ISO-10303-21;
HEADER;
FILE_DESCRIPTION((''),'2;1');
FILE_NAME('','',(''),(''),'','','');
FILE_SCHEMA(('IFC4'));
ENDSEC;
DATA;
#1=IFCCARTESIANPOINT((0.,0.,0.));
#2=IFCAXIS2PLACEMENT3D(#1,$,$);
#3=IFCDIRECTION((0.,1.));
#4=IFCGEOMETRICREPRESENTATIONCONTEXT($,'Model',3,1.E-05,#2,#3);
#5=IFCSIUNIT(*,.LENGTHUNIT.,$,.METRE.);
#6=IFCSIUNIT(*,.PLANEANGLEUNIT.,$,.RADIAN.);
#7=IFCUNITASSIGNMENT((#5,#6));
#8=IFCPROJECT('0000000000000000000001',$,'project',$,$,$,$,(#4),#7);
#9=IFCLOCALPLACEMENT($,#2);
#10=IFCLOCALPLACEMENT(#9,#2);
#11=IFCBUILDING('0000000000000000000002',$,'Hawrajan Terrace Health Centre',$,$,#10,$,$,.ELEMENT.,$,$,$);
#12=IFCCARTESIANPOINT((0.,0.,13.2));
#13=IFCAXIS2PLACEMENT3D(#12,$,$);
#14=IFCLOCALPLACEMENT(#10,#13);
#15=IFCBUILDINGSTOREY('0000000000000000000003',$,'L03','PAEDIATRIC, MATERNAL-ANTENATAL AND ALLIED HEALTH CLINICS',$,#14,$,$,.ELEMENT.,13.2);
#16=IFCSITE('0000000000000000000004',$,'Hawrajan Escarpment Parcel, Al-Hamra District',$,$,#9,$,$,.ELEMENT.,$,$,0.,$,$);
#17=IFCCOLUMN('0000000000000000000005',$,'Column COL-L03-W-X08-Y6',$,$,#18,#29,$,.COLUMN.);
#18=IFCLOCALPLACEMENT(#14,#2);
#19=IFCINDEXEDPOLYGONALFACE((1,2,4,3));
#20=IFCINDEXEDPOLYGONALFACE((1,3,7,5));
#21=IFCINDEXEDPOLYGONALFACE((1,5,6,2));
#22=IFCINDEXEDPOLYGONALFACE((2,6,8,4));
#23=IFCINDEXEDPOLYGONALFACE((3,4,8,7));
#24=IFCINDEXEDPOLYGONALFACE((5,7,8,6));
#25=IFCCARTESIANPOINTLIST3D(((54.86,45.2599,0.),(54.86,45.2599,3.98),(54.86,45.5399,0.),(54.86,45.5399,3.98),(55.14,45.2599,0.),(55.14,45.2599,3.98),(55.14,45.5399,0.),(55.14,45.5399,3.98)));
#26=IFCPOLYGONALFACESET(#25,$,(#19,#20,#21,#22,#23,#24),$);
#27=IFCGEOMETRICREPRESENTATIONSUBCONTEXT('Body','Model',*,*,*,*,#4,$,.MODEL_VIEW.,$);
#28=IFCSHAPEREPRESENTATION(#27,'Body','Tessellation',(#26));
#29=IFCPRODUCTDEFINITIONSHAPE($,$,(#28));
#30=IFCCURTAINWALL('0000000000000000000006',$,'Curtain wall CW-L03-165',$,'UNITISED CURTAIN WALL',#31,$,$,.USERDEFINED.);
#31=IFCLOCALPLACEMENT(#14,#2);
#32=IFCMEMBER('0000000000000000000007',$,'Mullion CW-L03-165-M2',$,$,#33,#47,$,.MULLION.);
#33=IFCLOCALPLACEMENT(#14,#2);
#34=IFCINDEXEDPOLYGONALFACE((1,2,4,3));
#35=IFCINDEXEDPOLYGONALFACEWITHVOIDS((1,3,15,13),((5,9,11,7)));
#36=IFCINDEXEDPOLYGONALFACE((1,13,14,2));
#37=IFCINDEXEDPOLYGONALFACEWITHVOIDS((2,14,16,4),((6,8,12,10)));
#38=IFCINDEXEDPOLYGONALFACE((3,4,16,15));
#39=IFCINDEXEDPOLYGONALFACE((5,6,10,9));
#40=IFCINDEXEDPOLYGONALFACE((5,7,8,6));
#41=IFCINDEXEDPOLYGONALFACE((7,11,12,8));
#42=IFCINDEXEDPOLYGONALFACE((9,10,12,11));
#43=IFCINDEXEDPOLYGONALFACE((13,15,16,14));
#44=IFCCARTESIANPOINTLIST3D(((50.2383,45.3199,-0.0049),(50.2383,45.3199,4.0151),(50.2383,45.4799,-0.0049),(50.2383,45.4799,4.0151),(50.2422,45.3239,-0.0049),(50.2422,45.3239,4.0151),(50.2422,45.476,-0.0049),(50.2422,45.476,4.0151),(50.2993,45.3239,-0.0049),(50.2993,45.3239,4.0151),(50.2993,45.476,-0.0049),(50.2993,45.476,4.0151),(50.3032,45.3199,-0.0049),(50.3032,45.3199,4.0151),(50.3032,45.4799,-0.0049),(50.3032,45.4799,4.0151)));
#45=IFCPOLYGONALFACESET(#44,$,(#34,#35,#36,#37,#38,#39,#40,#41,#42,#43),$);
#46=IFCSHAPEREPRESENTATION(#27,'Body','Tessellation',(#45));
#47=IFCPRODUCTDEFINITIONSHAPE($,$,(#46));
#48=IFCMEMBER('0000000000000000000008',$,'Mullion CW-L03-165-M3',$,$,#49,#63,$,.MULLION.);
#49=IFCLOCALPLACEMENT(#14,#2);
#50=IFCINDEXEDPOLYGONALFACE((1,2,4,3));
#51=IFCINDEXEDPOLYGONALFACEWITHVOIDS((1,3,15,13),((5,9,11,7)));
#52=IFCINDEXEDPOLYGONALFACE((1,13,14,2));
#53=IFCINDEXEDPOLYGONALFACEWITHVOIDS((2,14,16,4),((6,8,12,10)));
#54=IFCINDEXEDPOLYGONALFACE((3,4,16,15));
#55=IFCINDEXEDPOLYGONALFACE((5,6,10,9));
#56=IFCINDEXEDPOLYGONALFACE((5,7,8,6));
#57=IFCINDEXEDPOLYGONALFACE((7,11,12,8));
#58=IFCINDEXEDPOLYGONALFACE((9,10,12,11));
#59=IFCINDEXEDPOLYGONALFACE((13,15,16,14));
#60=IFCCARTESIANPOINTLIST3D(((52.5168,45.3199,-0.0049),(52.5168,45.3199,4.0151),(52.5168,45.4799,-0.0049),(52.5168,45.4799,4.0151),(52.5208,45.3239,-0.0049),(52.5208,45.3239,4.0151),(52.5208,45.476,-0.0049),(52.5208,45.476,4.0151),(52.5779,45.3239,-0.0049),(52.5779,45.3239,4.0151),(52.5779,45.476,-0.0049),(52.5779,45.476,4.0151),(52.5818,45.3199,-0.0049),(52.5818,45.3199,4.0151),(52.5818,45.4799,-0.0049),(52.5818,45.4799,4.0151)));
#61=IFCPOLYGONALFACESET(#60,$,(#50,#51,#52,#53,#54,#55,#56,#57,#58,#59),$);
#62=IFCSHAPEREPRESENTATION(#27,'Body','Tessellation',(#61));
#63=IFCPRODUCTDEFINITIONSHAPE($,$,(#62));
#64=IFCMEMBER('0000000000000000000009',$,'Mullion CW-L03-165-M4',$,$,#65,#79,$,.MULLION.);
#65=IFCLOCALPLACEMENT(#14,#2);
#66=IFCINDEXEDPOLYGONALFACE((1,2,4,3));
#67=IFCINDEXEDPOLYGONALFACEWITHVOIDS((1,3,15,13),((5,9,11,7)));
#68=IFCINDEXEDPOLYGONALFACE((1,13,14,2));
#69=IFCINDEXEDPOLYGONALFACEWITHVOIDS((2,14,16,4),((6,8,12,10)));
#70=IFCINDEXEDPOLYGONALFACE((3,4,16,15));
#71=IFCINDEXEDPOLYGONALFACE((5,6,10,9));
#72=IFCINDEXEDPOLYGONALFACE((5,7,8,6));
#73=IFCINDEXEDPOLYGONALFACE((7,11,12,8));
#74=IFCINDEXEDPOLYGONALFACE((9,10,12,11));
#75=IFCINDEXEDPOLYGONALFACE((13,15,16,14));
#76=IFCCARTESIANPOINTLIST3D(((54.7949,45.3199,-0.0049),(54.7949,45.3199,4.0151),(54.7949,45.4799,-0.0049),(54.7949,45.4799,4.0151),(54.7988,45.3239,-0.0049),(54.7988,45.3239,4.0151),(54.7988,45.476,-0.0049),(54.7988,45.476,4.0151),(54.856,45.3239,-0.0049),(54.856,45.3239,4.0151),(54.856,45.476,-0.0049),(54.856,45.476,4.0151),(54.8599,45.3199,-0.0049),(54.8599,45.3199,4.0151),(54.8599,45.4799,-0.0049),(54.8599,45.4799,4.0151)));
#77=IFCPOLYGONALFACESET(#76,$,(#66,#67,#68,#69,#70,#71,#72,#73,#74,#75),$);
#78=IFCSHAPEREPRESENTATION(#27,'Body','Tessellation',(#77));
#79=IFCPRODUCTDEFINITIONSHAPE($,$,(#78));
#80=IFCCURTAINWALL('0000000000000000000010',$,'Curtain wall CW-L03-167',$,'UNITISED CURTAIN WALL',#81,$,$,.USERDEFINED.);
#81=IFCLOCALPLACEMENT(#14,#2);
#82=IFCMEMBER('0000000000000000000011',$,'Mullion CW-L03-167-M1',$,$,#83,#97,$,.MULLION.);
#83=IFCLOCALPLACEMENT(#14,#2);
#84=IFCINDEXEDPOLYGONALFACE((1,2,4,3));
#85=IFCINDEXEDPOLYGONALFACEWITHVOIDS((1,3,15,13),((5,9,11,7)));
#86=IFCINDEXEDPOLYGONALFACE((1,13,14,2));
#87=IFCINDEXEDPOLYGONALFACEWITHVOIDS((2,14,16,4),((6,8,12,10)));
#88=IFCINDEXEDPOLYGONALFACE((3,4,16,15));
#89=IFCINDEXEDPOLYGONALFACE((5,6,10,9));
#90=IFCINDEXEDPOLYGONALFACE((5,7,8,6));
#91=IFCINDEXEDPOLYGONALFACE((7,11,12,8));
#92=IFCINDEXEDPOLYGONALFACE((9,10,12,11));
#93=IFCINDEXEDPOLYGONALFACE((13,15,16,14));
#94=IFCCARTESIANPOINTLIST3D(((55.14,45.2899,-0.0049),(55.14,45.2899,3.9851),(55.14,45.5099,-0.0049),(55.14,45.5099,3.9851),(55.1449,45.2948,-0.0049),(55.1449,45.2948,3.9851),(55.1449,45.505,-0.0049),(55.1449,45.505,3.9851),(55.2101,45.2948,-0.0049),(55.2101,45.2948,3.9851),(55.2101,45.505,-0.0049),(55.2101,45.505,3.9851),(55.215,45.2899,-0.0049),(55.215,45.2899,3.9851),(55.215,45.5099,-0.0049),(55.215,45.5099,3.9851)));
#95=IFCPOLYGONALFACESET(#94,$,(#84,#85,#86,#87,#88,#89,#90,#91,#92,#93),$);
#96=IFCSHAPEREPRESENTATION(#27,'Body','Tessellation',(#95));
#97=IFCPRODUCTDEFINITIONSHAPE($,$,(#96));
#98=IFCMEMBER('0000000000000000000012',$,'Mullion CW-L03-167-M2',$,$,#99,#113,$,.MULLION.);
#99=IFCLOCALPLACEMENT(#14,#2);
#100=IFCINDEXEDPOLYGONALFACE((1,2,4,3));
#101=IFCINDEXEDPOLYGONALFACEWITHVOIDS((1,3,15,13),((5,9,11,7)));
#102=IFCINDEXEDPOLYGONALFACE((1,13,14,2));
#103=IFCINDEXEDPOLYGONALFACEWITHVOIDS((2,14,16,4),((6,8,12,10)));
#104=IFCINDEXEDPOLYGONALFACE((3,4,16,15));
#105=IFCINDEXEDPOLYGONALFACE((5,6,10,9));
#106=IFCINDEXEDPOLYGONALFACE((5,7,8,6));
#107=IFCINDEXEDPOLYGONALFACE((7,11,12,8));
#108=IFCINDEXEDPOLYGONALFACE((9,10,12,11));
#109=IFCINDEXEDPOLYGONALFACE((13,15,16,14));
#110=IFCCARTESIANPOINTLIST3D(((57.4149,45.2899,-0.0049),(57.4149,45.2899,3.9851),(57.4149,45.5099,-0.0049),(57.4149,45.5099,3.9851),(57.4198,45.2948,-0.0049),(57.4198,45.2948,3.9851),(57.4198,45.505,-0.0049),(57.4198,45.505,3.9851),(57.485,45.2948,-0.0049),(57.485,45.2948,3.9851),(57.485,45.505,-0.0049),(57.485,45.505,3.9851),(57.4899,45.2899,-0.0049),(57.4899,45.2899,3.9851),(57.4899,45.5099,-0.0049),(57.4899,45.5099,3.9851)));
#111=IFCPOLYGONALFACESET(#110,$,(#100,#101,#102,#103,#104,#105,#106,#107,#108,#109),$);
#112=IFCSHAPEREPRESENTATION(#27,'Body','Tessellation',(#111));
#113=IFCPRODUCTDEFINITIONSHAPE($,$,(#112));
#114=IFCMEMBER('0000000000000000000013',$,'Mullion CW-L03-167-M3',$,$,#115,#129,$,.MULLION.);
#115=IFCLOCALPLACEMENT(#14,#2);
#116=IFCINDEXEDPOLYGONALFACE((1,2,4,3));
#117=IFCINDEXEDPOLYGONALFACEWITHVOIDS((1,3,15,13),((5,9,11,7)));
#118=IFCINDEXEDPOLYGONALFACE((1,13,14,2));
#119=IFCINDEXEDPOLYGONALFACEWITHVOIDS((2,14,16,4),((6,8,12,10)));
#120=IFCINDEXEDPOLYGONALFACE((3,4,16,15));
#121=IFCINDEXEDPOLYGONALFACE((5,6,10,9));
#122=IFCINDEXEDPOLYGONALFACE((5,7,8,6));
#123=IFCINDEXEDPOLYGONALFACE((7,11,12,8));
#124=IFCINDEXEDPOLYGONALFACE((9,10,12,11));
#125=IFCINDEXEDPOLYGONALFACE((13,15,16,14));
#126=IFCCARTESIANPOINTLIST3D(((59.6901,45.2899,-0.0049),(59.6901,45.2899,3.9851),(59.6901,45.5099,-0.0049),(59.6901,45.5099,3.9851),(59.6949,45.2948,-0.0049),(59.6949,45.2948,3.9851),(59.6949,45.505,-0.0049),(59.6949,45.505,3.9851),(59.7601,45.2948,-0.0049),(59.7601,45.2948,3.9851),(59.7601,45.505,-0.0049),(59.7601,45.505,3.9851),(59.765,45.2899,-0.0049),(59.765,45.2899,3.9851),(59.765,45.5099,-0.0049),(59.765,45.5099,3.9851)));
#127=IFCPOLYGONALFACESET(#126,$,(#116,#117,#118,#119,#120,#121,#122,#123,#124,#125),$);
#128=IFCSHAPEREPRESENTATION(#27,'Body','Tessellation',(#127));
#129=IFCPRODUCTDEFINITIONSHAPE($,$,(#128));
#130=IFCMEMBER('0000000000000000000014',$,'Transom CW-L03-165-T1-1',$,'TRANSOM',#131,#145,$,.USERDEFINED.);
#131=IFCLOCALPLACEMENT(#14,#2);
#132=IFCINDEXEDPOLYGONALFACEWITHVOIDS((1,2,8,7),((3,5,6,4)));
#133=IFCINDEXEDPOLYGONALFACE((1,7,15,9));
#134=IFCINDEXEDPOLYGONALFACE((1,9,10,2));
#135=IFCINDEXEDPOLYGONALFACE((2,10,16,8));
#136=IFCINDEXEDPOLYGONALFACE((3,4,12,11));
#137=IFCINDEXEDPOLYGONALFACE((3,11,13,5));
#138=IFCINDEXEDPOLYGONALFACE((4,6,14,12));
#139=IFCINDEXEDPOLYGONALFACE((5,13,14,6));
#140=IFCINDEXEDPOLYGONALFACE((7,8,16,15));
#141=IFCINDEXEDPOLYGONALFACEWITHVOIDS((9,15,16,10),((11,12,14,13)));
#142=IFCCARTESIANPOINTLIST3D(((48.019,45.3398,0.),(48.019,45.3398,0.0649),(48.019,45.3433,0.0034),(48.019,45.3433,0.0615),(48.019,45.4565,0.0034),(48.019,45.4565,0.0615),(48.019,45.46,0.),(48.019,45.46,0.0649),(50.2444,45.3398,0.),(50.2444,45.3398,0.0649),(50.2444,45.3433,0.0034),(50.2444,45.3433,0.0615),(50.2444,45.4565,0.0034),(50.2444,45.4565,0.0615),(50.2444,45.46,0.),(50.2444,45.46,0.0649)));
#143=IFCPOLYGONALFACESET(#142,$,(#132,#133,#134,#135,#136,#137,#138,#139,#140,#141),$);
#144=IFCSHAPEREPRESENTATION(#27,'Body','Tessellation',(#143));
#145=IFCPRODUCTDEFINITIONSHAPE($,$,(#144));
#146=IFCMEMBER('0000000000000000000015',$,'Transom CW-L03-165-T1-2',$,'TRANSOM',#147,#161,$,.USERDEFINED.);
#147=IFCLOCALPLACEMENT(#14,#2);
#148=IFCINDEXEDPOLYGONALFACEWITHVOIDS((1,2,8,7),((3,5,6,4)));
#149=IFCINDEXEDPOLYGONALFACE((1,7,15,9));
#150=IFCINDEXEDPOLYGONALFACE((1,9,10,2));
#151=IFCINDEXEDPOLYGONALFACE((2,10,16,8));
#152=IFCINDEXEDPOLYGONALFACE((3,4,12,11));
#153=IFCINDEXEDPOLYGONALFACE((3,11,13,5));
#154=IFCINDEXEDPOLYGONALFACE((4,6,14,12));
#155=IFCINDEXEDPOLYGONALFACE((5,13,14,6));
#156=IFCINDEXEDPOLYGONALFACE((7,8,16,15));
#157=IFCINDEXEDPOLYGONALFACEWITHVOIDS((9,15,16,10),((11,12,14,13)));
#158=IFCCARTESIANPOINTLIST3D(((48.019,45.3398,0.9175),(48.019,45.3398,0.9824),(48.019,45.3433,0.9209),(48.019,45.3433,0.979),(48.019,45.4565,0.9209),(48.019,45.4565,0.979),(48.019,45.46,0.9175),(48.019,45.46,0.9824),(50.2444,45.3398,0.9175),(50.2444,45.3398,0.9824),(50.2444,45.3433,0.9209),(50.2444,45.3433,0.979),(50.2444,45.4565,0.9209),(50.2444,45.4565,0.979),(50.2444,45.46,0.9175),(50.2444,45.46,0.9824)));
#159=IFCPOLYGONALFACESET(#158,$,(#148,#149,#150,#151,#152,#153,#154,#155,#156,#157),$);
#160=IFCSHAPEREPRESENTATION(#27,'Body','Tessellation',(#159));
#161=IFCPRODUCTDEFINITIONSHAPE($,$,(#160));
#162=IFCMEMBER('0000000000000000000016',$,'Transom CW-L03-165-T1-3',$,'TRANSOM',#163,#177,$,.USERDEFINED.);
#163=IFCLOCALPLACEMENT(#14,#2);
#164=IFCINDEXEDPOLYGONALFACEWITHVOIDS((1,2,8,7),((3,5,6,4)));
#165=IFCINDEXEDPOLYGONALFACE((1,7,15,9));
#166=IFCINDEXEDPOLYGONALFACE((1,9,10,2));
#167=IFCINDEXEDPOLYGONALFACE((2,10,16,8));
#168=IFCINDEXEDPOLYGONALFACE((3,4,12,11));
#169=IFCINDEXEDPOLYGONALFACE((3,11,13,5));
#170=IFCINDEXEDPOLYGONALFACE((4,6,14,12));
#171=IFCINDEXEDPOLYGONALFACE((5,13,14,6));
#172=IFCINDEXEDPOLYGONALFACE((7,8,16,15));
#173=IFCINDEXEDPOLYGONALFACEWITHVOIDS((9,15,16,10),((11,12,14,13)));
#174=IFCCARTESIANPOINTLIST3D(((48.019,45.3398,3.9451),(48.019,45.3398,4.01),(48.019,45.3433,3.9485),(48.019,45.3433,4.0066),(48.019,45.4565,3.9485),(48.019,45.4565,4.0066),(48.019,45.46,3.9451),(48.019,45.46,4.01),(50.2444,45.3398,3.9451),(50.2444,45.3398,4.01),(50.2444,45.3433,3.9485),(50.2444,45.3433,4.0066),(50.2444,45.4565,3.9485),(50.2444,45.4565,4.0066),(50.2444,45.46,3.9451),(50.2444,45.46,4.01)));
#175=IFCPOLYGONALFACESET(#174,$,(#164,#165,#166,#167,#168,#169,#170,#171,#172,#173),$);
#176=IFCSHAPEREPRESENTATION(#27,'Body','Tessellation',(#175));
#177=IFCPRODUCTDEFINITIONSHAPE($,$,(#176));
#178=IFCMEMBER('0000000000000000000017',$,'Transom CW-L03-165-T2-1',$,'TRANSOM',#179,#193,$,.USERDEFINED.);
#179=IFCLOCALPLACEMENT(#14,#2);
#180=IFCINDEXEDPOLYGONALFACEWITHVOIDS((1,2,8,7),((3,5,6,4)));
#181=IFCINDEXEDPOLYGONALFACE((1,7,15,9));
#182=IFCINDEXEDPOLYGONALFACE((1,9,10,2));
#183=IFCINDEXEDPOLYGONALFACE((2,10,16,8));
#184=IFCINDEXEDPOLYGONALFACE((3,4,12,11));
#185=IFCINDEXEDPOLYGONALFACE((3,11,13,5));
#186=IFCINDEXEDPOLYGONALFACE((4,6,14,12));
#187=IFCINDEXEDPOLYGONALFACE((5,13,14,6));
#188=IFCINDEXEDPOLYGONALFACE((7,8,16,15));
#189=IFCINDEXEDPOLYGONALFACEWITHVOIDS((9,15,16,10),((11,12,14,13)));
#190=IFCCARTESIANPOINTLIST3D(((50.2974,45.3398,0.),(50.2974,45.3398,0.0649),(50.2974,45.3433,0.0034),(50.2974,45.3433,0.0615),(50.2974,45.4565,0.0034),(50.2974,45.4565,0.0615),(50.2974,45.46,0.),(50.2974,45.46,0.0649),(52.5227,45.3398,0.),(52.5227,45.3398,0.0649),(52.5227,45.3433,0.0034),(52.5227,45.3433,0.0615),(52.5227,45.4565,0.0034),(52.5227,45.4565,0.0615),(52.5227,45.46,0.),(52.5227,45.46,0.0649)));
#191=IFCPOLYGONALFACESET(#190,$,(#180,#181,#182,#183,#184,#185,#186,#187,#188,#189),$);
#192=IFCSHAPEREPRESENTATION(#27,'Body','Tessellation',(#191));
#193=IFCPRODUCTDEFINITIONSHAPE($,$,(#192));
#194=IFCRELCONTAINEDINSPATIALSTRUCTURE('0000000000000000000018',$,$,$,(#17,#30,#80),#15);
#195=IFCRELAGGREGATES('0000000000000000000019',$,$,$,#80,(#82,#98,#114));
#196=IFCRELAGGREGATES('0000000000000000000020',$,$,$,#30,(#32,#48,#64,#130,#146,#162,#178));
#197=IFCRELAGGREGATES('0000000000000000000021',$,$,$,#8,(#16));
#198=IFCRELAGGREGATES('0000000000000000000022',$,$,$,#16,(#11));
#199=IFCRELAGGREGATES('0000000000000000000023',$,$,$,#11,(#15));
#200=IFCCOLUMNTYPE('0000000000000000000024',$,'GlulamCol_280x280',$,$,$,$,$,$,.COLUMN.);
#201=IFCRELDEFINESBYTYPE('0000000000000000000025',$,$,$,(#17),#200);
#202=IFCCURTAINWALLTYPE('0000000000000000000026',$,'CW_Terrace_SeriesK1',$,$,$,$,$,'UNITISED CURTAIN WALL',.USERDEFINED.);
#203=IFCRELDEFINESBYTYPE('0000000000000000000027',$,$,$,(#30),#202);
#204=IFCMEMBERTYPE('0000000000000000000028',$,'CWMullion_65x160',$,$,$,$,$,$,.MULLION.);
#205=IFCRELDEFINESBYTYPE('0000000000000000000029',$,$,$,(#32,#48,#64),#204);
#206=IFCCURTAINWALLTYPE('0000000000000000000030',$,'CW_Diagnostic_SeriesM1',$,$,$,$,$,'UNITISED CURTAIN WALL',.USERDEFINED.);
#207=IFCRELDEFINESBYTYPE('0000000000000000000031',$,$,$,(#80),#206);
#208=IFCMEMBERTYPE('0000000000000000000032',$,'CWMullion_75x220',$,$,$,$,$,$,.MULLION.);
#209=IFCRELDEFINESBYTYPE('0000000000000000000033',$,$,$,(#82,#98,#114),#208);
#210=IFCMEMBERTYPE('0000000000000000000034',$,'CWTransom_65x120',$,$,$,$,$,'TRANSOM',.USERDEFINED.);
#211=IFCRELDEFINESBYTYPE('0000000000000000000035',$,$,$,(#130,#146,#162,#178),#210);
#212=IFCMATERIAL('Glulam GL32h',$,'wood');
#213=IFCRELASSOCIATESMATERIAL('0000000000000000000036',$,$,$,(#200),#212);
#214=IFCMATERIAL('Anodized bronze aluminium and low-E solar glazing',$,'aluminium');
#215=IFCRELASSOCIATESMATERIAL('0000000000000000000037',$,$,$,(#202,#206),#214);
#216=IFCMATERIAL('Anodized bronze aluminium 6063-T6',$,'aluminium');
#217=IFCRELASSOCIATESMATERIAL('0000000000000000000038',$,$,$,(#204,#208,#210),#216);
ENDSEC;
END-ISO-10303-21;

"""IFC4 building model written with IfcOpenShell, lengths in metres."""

from ifc_helpers import new_model, si_unit, direction, frame, origin, origin_2d, place, context, subcontext, project, spatial, rectangle, hollow_rectangle, extrude, material, material_profile, profile_set, type_object, element, aggregate, save


model = new_model("IFC4")

# Units and contexts
model_context = context("Model", 3, precision=1e-05, world=origin(), true_north=direction((0.0, 1.0)))
body_context = subcontext(model_context, "Body", "Model", "MODEL_VIEW")
ifc_project = project(units=[si_unit("LENGTHUNIT", "METRE"), si_unit("PLANEANGLEUNIT", "RADIAN")], contexts=[model_context])

# Site, building, storey
site_placement = place(None, origin())
site = spatial("IfcSite", under=ifc_project, at=site_placement, Name="Hawrajan Escarpment Parcel, Al-Hamra District", CompositionType="ELEMENT", RefElevation=0.0)
building_placement = place(site_placement, origin())
building = spatial("IfcBuilding", under=site, at=building_placement, Name="Hawrajan Terrace Health Centre", CompositionType="ELEMENT")
storey_placement = place(building_placement, frame((0.0, 0.0, 13.2)))
storey = spatial("IfcBuildingStorey", under=building, at=storey_placement, Name="L03", Description="PAEDIATRIC, MATERNAL-ANTENATAL AND ALLIED HEALTH CLINICS", CompositionType="ELEMENT", Elevation=13.2)

# Column
ifc_material_1 = material(Name="Glulam GL32h", Category="wood")
ifc_material_profile_1 = material_profile(ifc_material_1, rectangle(XDim=0.28, YDim=0.28, at=origin_2d()), Name="GL 280x280")
ifc_profile_set_1 = profile_set([ifc_material_profile_1], Name="Glulam GL32h")
column_type = type_object("IfcColumnType", Name="GlulamCol_280x280", PredefinedType="COLUMN", material=ifc_profile_set_1)
column_placement = place(storey_placement, frame((55.0, 45.3999, 0.0), z_axis=(0.0, 0.0, 1.0), x_axis=(1.0, 0.0, 0.0)))
element("IfcColumn", 1, at=column_placement, inside=storey, type_object=column_type, Name="Column COL-L03-W-X08-Y6", PredefinedType="COLUMN", context=body_context, shape_type="SweptSolid", body=[
    extrude(rectangle(XDim=0.28, YDim=0.28, at=origin_2d()), origin(), (0.0, 0.0, 1.0), 3.98),
])

# Curtain walls, members
ifc_material_2 = material(Name="Anodized bronze aluminium and low-E solar glazing", Category="aluminium")
curtain_wall_type_1 = type_object("IfcCurtainWallType", Name="CW_Terrace_SeriesK1", ElementType="UNITISED CURTAIN WALL", PredefinedType="USERDEFINED", material=ifc_material_2)
curtain_wall_1_placement = place(storey_placement, origin())
curtain_wall_1 = element("IfcCurtainWall", 2, at=curtain_wall_1_placement, inside=storey, type_object=curtain_wall_type_1, Name="Curtain wall CW-L03-165", ObjectType="UNITISED CURTAIN WALL", PredefinedType="USERDEFINED")
ifc_material_3 = material(Name="Anodized bronze aluminium 6063-T6", Category="aluminium")
ifc_material_profile_2 = material_profile(ifc_material_3, hollow_rectangle(XDim=0.0649, YDim=0.1599, WallThickness=0.0039, at=origin_2d()), Name="CW MUL 65x160")
ifc_profile_set_2 = profile_set([ifc_material_profile_2], Name="Anodized bronze aluminium 6063-T6")
member_type_1 = type_object("IfcMemberType", Name="CWMullion_65x160", PredefinedType="MULLION", material=ifc_profile_set_2)
member_1_placement = place(storey_placement, frame((50.2708, 45.3999, -0.0049), z_axis=(0.0, 0.0, 1.0), x_axis=(1.0, 0.0, 0.0)))
member_1 = element("IfcMember", 3, at=member_1_placement, type_object=member_type_1, Name="Mullion CW-L03-165-M2", PredefinedType="MULLION", context=body_context, shape_type="SweptSolid", body=[
    extrude(hollow_rectangle(XDim=0.0649, YDim=0.1599, WallThickness=0.0039, at=origin_2d()), origin(), (0.0, 0.0, 1.0), 4.02),
])
member_2_placement = place(storey_placement, frame((52.5493, 45.3999, -0.0049), z_axis=(0.0, 0.0, 1.0), x_axis=(1.0, 0.0, 0.0)))
member_2 = element("IfcMember", 4, at=member_2_placement, type_object=member_type_1, Name="Mullion CW-L03-165-M3", PredefinedType="MULLION", context=body_context, shape_type="SweptSolid", body=[
    extrude(hollow_rectangle(XDim=0.0649, YDim=0.1599, WallThickness=0.0039, at=origin_2d()), origin(), (0.0, 0.0, 1.0), 4.02),
])
member_3_placement = place(storey_placement, frame((54.8274, 45.3999, -0.0049), z_axis=(0.0, 0.0, 1.0), x_axis=(1.0, 0.0, 0.0)))
member_3 = element("IfcMember", 5, at=member_3_placement, type_object=member_type_1, Name="Mullion CW-L03-165-M4", PredefinedType="MULLION", context=body_context, shape_type="SweptSolid", body=[
    extrude(hollow_rectangle(XDim=0.0649, YDim=0.1599, WallThickness=0.0039, at=origin_2d()), origin(), (0.0, 0.0, 1.0), 4.02),
])
curtain_wall_type_2 = type_object("IfcCurtainWallType", Name="CW_Diagnostic_SeriesM1", ElementType="UNITISED CURTAIN WALL", PredefinedType="USERDEFINED", material=ifc_material_2)
curtain_wall_2_placement = place(storey_placement, origin())
curtain_wall_2 = element("IfcCurtainWall", 6, at=curtain_wall_2_placement, inside=storey, type_object=curtain_wall_type_2, Name="Curtain wall CW-L03-167", ObjectType="UNITISED CURTAIN WALL", PredefinedType="USERDEFINED")
ifc_material_profile_3 = material_profile(ifc_material_3, hollow_rectangle(XDim=0.075, YDim=0.22, WallThickness=0.0049, at=origin_2d()), Name="CW MUL 75x220")
ifc_profile_set_3 = profile_set([ifc_material_profile_3], Name="Anodized bronze aluminium 6063-T6")
member_type_2 = type_object("IfcMemberType", Name="CWMullion_75x220", PredefinedType="MULLION", material=ifc_profile_set_3)
member_4_placement = place(storey_placement, frame((55.1775, 45.3999, -0.0049), z_axis=(0.0, 0.0, 1.0), x_axis=(1.0, 0.0, 0.0)))
member_4 = element("IfcMember", 7, at=member_4_placement, type_object=member_type_2, Name="Mullion CW-L03-167-M1", PredefinedType="MULLION", context=body_context, shape_type="SweptSolid", body=[
    extrude(hollow_rectangle(XDim=0.075, YDim=0.22, WallThickness=0.0049, at=origin_2d()), origin(), (0.0, 0.0, 1.0), 3.99),
])
member_5_placement = place(storey_placement, frame((57.4524, 45.3999, -0.0049), z_axis=(0.0, 0.0, 1.0), x_axis=(1.0, 0.0, 0.0)))
member_5 = element("IfcMember", 8, at=member_5_placement, type_object=member_type_2, Name="Mullion CW-L03-167-M2", PredefinedType="MULLION", context=body_context, shape_type="SweptSolid", body=[
    extrude(hollow_rectangle(XDim=0.075, YDim=0.22, WallThickness=0.0049, at=origin_2d()), origin(), (0.0, 0.0, 1.0), 3.99),
])
member_6_placement = place(storey_placement, frame((59.7275, 45.3999, -0.0049), z_axis=(0.0, 0.0, 1.0), x_axis=(1.0, 0.0, 0.0)))
member_6 = element("IfcMember", 9, at=member_6_placement, type_object=member_type_2, Name="Mullion CW-L03-167-M3", PredefinedType="MULLION", context=body_context, shape_type="SweptSolid", body=[
    extrude(hollow_rectangle(XDim=0.075, YDim=0.22, WallThickness=0.0049, at=origin_2d()), origin(), (0.0, 0.0, 1.0), 3.99),
])

# Members
ifc_material_profile_4 = material_profile(ifc_material_3, hollow_rectangle(XDim=0.0649, YDim=0.1201, WallThickness=0.0034, at=origin_2d()), Name="CW TRN 65x120")
ifc_profile_set_4 = profile_set([ifc_material_profile_4], Name="Anodized bronze aluminium 6063-T6")
member_type_3 = type_object("IfcMemberType", Name="CWTransom_65x120", ElementType="TRANSOM", PredefinedType="USERDEFINED", material=ifc_profile_set_4)
member_7_placement = place(storey_placement, frame((48.019, 45.3999, 0.0325), z_axis=(1.0, 0.0, 0.0), x_axis=(0.0, 0.0, 1.0)))
member_7 = element("IfcMember", 10, at=member_7_placement, type_object=member_type_3, Name="Transom CW-L03-165-T1-1", ObjectType="TRANSOM", PredefinedType="USERDEFINED", context=body_context, shape_type="SweptSolid", body=[
    extrude(hollow_rectangle(XDim=0.0649, YDim=0.1201, WallThickness=0.0034, at=origin_2d()), origin(), (0.0, 0.0, 1.0), 2.2253),
])
member_8_placement = place(storey_placement, frame((48.019, 45.3999, 0.95), z_axis=(1.0, 0.0, 0.0), x_axis=(0.0, 0.0, 1.0)))
member_8 = element("IfcMember", 11, at=member_8_placement, type_object=member_type_3, Name="Transom CW-L03-165-T1-2", ObjectType="TRANSOM", PredefinedType="USERDEFINED", context=body_context, shape_type="SweptSolid", body=[
    extrude(hollow_rectangle(XDim=0.0649, YDim=0.1201, WallThickness=0.0034, at=origin_2d()), origin(), (0.0, 0.0, 1.0), 2.2253),
])
member_9_placement = place(storey_placement, frame((48.019, 45.3999, 3.9775), z_axis=(1.0, 0.0, 0.0), x_axis=(0.0, 0.0, 1.0)))
member_9 = element("IfcMember", 12, at=member_9_placement, type_object=member_type_3, Name="Transom CW-L03-165-T1-3", ObjectType="TRANSOM", PredefinedType="USERDEFINED", context=body_context, shape_type="SweptSolid", body=[
    extrude(hollow_rectangle(XDim=0.0649, YDim=0.1201, WallThickness=0.0034, at=origin_2d()), origin(), (0.0, 0.0, 1.0), 2.2253),
])
member_10_placement = place(storey_placement, frame((50.2974, 45.3999, 0.0325), z_axis=(1.0, 0.0, 0.0), x_axis=(0.0, 0.0, 1.0)))
member_10 = element("IfcMember", 13, at=member_10_placement, type_object=member_type_3, Name="Transom CW-L03-165-T2-1", ObjectType="TRANSOM", PredefinedType="USERDEFINED", context=body_context, shape_type="SweptSolid", body=[
    extrude(hollow_rectangle(XDim=0.0649, YDim=0.1201, WallThickness=0.0034, at=origin_2d()), origin(), (0.0, 0.0, 1.0), 2.2253),
])

aggregate(curtain_wall_2, [member_4, member_5, member_6])
aggregate(curtain_wall_1, [member_1, member_2, member_3, member_7, member_8, member_9, member_10])

save(model, "model.ifc")
